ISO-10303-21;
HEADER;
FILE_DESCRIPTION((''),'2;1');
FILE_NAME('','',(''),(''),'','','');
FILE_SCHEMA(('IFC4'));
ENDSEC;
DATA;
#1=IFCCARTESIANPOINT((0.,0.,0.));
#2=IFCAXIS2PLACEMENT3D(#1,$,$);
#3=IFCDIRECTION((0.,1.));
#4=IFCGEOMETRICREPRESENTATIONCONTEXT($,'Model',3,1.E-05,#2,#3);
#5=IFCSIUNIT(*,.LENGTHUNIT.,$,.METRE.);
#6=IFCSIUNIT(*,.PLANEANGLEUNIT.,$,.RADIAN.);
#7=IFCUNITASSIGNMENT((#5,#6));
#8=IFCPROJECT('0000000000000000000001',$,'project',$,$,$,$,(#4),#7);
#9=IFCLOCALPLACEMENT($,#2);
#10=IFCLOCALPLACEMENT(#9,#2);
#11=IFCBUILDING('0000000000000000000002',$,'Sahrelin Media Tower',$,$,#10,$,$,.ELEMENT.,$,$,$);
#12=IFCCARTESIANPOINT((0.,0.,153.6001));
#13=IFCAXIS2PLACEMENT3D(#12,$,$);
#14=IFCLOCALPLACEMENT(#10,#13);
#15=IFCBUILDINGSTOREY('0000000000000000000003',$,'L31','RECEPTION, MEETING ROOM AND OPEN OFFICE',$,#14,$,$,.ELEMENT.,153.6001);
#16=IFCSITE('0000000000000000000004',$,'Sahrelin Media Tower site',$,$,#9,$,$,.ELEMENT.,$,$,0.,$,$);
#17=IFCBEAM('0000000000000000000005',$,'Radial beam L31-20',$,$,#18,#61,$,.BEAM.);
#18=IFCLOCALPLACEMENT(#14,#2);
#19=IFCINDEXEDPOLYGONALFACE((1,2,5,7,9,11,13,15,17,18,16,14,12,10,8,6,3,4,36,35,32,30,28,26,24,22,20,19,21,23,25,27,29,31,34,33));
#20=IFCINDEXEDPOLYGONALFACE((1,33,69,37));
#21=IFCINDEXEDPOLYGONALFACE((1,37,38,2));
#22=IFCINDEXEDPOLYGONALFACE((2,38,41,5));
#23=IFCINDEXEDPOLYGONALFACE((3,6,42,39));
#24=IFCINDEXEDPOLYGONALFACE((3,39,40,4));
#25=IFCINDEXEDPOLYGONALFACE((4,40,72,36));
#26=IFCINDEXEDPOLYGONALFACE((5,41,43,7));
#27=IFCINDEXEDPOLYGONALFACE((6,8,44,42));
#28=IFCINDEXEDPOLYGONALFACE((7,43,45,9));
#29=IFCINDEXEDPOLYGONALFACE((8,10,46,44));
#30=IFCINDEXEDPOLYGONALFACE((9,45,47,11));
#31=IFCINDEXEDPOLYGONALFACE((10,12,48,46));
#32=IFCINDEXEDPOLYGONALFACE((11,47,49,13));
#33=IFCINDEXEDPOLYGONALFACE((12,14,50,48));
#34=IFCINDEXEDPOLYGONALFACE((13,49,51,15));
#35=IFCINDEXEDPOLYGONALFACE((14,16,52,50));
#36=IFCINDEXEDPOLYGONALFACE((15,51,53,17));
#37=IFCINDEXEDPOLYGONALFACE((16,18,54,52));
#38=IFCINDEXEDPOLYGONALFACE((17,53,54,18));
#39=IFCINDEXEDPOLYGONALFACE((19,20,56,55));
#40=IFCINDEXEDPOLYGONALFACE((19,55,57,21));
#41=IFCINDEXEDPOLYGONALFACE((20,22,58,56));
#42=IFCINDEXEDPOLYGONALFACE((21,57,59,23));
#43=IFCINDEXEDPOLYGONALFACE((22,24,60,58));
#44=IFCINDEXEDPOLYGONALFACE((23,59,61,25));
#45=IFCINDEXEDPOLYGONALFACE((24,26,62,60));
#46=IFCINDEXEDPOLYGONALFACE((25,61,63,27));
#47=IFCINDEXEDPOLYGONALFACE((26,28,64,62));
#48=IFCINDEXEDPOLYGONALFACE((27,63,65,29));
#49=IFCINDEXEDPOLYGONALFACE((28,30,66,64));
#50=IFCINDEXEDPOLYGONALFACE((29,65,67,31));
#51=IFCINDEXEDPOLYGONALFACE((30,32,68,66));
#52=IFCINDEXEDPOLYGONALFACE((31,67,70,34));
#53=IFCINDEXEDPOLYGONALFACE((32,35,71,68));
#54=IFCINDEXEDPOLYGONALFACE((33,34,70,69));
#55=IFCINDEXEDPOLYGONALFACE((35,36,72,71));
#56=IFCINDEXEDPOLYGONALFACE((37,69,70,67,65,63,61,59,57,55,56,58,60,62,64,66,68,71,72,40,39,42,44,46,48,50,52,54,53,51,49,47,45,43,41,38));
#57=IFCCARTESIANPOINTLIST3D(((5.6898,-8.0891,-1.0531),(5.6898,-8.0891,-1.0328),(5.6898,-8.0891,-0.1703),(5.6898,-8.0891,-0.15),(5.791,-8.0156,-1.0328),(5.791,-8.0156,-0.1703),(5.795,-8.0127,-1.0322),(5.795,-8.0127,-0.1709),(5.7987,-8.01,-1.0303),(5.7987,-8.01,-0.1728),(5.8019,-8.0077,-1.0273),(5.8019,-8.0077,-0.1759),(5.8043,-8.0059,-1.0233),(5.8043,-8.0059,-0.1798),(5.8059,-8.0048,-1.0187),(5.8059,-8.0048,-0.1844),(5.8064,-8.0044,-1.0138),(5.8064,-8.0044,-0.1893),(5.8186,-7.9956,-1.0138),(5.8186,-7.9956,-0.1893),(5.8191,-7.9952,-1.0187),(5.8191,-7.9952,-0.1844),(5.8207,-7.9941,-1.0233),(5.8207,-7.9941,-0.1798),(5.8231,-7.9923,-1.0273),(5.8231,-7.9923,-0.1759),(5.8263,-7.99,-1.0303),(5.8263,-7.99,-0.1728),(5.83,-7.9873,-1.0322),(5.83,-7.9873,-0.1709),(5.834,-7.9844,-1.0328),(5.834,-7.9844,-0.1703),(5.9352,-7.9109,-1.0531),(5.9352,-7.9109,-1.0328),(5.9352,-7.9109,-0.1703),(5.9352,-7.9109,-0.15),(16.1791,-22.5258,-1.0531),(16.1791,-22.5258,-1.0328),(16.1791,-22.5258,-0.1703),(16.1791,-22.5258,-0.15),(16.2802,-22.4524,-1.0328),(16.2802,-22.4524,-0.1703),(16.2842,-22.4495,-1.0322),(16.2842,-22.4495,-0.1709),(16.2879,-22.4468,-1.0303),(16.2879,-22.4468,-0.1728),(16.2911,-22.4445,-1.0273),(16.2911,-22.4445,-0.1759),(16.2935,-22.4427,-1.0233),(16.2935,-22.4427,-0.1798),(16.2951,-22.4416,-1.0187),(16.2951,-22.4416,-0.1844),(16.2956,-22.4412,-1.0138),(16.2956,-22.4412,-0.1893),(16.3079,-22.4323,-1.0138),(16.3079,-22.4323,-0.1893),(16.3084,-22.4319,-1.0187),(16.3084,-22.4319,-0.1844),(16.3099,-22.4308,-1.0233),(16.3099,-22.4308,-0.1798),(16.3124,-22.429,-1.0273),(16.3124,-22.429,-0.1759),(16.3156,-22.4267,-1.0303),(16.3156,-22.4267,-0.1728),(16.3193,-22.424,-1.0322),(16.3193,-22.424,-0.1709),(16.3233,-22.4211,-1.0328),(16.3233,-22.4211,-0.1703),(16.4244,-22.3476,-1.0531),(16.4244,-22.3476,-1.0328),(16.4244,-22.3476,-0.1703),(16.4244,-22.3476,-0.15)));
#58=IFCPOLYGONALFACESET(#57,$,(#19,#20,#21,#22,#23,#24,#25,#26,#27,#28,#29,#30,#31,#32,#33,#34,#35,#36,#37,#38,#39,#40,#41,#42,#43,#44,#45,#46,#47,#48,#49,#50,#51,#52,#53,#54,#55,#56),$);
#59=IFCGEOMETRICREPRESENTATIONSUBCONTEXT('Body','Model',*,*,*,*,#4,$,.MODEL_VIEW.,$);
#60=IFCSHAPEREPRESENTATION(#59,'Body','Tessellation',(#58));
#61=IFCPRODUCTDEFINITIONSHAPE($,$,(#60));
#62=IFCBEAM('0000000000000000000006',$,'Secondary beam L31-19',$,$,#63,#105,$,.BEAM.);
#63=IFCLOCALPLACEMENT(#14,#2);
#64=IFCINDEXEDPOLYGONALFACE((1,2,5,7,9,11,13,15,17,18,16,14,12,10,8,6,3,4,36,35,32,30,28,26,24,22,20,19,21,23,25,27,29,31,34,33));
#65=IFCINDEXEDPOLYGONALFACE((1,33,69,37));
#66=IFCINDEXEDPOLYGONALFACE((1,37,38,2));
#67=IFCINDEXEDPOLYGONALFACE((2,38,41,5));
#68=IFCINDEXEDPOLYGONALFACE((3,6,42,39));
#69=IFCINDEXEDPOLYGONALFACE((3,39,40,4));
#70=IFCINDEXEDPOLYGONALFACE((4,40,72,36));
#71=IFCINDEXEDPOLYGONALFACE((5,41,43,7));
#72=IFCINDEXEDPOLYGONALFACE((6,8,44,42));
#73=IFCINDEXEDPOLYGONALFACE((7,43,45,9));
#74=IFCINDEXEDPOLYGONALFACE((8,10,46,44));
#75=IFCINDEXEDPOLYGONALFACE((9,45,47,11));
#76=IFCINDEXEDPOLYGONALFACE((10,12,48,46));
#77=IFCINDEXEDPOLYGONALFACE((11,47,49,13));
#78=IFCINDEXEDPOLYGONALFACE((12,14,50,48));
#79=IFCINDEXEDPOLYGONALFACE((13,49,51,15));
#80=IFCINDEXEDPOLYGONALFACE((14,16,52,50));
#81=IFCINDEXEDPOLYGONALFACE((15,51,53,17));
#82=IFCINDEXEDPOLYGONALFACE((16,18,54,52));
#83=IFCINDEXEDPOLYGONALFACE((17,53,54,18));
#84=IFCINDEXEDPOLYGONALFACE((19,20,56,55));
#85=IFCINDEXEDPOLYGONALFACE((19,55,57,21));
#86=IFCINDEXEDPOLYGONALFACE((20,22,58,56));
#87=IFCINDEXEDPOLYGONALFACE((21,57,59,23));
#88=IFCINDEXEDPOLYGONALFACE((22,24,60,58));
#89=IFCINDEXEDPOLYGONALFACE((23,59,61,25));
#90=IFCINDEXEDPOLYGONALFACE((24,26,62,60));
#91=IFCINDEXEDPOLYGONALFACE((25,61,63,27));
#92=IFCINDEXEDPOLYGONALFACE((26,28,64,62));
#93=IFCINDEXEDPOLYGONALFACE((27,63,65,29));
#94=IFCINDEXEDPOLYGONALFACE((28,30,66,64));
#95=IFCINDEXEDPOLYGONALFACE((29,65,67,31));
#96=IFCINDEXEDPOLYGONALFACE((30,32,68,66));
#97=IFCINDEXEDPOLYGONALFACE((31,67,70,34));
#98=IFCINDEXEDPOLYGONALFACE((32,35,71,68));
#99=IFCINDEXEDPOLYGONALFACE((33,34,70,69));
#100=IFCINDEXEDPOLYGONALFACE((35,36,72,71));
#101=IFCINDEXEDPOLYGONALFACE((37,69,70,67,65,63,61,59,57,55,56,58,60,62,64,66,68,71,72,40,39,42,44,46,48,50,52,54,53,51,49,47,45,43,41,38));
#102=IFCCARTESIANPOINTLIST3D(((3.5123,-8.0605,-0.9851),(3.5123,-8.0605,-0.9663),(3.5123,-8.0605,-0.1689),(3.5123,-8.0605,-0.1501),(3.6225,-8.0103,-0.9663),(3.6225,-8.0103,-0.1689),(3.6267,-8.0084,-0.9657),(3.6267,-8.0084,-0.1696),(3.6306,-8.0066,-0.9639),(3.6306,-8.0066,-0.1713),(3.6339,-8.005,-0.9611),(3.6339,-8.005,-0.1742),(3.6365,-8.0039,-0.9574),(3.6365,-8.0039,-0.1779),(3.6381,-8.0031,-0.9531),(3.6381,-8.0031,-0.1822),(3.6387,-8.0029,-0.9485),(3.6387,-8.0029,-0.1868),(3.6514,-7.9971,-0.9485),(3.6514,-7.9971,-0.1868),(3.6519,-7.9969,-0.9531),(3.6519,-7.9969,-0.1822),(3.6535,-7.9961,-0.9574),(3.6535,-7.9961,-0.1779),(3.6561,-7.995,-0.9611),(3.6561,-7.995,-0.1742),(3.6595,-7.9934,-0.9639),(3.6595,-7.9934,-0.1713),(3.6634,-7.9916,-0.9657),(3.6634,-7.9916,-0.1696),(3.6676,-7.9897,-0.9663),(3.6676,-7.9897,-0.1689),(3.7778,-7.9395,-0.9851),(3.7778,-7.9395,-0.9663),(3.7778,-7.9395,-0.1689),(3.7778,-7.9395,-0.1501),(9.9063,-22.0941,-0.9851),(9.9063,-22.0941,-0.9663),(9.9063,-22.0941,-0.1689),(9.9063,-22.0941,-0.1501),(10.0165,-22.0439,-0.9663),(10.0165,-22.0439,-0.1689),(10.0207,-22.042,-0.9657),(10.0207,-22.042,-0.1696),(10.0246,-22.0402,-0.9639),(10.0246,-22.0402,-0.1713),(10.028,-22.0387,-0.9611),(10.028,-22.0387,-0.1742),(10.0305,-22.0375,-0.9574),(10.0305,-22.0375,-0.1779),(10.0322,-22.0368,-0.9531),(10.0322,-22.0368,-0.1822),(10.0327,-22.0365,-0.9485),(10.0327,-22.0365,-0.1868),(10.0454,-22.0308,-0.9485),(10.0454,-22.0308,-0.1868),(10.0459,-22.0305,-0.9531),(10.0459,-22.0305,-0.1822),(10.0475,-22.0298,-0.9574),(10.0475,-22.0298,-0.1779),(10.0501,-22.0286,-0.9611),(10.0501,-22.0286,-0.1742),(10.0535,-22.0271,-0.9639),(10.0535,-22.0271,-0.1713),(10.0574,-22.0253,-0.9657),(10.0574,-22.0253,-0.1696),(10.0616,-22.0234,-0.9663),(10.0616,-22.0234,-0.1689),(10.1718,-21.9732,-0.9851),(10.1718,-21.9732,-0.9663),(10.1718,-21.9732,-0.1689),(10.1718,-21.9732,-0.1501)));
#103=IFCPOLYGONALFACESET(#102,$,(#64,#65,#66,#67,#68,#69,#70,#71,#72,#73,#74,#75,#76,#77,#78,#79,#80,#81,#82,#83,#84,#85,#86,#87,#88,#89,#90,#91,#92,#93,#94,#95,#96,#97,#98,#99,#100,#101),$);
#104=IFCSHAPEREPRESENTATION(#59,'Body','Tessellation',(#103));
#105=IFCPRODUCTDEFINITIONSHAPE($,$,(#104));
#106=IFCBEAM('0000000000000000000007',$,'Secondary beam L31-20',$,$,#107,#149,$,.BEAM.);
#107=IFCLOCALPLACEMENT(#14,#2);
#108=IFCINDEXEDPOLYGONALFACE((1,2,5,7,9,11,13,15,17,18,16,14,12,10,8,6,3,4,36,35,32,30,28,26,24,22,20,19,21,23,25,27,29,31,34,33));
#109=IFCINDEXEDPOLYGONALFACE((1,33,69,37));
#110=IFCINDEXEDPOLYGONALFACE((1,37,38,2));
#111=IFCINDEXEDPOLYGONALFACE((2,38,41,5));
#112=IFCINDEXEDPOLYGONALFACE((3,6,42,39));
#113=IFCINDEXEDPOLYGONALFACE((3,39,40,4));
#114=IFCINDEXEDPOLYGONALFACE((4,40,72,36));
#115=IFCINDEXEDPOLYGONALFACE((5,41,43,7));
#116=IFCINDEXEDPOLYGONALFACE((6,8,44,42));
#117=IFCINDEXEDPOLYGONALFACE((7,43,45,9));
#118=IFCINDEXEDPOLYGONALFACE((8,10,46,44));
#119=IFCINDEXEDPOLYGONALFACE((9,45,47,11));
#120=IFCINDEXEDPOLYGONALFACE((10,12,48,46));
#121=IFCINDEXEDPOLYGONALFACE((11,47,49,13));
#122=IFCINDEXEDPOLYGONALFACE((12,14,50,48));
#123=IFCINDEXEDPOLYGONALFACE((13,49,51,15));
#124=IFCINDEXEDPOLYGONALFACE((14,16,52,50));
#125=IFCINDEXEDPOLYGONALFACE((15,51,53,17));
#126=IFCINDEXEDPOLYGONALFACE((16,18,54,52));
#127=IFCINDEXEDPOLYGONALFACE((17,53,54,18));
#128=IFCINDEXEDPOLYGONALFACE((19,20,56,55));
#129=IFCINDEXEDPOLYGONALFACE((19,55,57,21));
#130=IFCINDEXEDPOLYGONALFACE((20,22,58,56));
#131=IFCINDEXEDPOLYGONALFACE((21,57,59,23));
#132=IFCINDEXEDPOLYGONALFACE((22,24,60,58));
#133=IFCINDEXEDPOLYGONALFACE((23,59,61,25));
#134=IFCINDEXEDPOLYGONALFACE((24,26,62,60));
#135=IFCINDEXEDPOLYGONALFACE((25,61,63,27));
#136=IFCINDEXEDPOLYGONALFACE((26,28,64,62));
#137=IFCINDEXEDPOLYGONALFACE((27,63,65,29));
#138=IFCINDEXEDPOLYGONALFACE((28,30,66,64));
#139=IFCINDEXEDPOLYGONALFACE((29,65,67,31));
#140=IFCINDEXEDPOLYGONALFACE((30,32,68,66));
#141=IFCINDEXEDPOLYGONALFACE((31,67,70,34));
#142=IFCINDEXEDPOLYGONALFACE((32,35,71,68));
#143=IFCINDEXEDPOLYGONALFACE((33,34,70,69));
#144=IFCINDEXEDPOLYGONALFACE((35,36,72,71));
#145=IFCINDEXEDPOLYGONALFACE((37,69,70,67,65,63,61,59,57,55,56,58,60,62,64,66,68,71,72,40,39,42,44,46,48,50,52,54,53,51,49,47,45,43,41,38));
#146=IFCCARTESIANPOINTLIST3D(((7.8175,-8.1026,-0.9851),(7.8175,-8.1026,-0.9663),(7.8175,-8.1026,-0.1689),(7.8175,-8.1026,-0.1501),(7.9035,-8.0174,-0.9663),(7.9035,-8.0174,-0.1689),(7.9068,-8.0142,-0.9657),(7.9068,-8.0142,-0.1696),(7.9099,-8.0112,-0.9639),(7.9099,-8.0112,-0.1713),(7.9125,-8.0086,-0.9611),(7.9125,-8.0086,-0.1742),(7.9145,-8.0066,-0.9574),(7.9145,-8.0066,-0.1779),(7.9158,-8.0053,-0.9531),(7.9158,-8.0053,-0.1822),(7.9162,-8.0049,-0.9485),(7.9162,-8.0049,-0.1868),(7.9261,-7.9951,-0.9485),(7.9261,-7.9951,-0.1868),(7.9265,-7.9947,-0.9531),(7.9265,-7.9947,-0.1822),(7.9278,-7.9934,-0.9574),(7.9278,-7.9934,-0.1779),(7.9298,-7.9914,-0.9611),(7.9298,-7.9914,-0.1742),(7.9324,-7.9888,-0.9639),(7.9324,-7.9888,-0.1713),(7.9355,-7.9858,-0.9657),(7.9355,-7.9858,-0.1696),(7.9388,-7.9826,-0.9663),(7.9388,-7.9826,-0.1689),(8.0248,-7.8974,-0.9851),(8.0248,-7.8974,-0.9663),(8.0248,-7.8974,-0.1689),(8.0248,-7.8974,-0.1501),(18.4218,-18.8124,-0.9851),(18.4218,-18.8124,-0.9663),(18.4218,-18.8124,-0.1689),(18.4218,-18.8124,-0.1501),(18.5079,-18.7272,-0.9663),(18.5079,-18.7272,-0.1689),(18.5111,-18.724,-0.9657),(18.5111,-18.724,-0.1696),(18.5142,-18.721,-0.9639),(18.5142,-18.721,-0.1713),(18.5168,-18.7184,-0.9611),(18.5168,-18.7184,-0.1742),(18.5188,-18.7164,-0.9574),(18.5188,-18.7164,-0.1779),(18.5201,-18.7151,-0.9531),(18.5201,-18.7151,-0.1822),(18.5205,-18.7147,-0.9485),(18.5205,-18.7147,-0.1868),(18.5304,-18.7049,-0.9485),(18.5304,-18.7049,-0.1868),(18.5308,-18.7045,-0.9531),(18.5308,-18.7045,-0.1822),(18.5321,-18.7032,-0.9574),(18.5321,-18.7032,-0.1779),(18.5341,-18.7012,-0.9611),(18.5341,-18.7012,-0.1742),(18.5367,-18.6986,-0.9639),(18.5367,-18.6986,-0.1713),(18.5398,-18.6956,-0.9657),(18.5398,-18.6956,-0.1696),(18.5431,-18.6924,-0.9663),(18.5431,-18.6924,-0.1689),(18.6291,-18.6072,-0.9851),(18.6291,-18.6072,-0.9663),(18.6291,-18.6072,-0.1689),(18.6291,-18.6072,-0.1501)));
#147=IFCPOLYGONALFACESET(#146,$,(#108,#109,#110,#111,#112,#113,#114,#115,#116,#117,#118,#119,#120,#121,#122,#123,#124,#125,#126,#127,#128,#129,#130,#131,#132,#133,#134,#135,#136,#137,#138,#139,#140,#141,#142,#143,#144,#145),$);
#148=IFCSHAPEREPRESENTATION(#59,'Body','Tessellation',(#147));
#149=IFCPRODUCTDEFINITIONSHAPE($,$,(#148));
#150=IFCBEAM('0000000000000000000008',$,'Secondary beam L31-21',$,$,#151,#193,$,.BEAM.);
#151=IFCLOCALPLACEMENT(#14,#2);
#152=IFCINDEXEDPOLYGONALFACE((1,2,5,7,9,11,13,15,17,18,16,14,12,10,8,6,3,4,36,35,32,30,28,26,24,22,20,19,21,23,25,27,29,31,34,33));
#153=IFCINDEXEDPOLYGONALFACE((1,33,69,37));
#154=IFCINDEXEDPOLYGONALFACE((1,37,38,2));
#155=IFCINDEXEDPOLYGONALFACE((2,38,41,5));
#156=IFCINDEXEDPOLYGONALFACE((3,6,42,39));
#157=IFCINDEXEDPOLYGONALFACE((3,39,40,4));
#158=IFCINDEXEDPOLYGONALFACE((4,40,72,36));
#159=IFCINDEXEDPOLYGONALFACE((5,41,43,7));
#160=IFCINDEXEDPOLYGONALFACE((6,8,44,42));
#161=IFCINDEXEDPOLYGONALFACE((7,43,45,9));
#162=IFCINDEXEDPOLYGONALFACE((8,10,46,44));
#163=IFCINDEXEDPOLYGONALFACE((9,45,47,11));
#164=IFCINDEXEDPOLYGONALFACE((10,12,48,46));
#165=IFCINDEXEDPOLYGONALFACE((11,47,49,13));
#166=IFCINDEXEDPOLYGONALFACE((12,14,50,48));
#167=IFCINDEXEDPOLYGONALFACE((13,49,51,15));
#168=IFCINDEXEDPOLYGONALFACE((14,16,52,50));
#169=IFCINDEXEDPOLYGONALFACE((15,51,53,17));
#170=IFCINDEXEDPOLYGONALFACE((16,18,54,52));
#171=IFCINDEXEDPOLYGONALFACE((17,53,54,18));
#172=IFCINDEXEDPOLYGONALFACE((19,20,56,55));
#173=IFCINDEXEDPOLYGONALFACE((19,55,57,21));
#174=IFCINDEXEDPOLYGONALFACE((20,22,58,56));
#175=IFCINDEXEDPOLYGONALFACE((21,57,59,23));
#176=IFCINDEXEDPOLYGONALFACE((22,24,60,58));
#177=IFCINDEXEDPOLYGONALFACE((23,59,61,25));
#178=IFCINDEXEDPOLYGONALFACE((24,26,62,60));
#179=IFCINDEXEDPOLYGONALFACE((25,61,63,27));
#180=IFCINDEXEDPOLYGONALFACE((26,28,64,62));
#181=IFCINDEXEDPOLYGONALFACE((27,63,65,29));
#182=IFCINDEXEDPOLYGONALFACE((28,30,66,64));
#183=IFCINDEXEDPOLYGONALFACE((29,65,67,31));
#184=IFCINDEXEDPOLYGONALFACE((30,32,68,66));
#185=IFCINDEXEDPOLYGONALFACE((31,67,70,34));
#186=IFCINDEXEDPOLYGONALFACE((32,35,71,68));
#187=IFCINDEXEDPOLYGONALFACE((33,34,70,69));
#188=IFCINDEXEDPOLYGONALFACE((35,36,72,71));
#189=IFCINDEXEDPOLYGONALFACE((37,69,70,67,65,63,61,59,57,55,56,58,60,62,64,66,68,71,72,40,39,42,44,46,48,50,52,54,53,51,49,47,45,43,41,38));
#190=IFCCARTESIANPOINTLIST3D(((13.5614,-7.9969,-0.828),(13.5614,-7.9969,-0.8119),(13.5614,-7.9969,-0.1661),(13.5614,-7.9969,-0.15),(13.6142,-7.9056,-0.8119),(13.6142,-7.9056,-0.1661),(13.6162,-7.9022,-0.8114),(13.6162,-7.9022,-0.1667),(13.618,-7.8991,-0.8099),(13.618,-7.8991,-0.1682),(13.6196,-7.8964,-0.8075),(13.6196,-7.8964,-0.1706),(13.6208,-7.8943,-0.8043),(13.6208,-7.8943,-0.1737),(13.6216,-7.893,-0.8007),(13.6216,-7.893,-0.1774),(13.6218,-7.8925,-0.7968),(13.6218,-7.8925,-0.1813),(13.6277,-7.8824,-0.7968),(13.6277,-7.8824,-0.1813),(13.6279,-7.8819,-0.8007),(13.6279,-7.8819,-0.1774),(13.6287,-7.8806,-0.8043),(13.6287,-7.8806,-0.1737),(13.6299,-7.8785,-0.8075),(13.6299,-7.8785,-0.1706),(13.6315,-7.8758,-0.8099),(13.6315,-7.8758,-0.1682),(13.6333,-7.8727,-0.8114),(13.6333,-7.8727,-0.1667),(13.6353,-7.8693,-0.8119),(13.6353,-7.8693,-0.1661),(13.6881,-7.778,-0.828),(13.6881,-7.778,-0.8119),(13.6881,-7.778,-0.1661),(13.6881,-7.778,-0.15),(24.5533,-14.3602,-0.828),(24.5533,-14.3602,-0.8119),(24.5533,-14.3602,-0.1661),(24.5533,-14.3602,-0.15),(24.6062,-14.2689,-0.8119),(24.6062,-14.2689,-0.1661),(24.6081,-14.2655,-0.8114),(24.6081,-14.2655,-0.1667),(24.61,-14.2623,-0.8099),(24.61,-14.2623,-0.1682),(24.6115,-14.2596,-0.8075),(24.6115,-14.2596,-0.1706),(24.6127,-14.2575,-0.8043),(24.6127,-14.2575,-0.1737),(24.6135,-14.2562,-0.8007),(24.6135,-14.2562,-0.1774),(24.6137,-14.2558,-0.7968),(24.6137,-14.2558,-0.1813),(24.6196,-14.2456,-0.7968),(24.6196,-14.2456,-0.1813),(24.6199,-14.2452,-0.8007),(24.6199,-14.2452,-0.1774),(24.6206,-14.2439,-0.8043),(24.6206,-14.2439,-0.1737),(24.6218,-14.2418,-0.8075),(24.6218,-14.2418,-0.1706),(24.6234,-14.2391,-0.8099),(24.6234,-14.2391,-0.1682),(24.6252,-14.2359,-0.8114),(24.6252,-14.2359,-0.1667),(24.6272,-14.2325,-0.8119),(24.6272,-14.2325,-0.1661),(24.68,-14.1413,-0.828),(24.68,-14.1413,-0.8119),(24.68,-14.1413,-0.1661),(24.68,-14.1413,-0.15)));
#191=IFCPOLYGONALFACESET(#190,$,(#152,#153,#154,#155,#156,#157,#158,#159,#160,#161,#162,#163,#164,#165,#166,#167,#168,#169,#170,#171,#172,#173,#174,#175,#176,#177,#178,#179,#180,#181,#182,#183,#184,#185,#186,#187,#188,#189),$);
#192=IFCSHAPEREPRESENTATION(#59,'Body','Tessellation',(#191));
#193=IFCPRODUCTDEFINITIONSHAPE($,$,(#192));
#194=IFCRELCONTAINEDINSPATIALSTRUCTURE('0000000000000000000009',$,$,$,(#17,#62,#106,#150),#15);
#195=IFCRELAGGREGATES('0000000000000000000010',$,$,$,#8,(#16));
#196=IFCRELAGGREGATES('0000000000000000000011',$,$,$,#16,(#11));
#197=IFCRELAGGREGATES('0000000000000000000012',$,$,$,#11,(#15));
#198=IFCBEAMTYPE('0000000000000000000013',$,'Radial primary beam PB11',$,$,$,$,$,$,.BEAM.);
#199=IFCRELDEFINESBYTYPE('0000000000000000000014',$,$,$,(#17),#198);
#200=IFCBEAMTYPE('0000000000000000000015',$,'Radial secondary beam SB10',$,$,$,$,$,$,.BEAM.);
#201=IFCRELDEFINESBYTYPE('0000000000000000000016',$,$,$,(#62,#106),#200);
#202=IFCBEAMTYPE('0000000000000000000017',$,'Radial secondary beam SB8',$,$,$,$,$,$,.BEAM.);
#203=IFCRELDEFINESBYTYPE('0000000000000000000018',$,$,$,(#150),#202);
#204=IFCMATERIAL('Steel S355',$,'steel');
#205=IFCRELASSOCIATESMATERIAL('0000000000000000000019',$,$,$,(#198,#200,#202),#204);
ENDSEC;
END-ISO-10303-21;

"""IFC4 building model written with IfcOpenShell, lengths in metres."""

from ifc_helpers import new_model, si_unit, direction, frame, origin, origin_2d, place, context, subcontext, project, spatial, i_section, extrude, material, material_profile, profile_set, type_object, element, save


model = new_model("IFC4")

# Units and contexts
model_context = context("Model", 3, precision=1e-05, world=origin(), true_north=direction((0.0, 1.0)))
body_context = subcontext(model_context, "Body", "Model", "MODEL_VIEW")
ifc_project = project(units=[si_unit("LENGTHUNIT", "METRE"), si_unit("PLANEANGLEUNIT", "RADIAN")], contexts=[model_context])

# Site, building, storey
site_placement = place(None, origin())
site = spatial("IfcSite", under=ifc_project, at=site_placement, Name="Sahrelin Media Tower site", CompositionType="ELEMENT", RefElevation=0.0)
building_placement = place(site_placement, origin())
building = spatial("IfcBuilding", under=site, at=building_placement, Name="Sahrelin Media Tower", CompositionType="ELEMENT")
storey_placement = place(building_placement, frame((0.0, 0.0, 153.6001)))
storey = spatial("IfcBuildingStorey", under=building, at=storey_placement, Name="L31", Description="RECEPTION, MEETING ROOM AND OPEN OFFICE", CompositionType="ELEMENT", Elevation=153.6001)

# Shared definitions
ifc_material_1 = material(Name="Steel S355", Category="steel")

# Beams
ifc_material_profile_1 = material_profile(ifc_material_1, i_section(OverallWidth=0.3032, OverallDepth=0.9031, WebThickness=0.0151, FlangeThickness=0.0203, FilletRadius=0.019, at=origin_2d()), Name="UB 914x305x201")
ifc_profile_set_1 = profile_set([ifc_material_profile_1], Name="Steel S355")
beam_type_1 = type_object("IfcBeamType", Name="Radial primary beam PB11", PredefinedType="BEAM", material=ifc_profile_set_1)
beam_1_placement = place(storey_placement, frame((5.8125, -8.0, -0.6016), z_axis=(0.587797, -0.809008, 0.0), x_axis=(0.809008, 0.587797, 0.0)))
element("IfcBeam", 1, at=beam_1_placement, inside=storey, type_object=beam_type_1, Name="Radial beam L31-20", PredefinedType="BEAM", context=body_context, shape_type="SweptSolid", body=[
    extrude(i_section(OverallWidth=0.3032, OverallDepth=0.9031, WebThickness=0.0151, FlangeThickness=0.0203, FilletRadius=0.019, at=origin_2d()), origin(), (0.0, 0.0, 1.0), 17.845),
])
ifc_material_profile_2 = material_profile(ifc_material_1, i_section(OverallWidth=0.2917, OverallDepth=0.835, WebThickness=0.0139, FlangeThickness=0.0188, FilletRadius=0.0178, at=origin_2d()), Name="UB 838x292x176")
ifc_profile_set_2 = profile_set([ifc_material_profile_2], Name="Steel S355")
beam_type_2 = type_object("IfcBeamType", Name="Radial secondary beam SB10", PredefinedType="BEAM", material=ifc_profile_set_2)
beam_2_placement = place(storey_placement, frame((3.645, -8.0, -0.5676), z_axis=(0.414614, -0.909997, 0.0), x_axis=(0.909997, 0.414614, 0.0)))
element("IfcBeam", 2, at=beam_2_placement, inside=storey, type_object=beam_type_2, Name="Secondary beam L31-19", PredefinedType="BEAM", context=body_context, shape_type="SweptSolid", body=[
    extrude(i_section(OverallWidth=0.2917, OverallDepth=0.835, WebThickness=0.0139, FlangeThickness=0.0188, FilletRadius=0.0178, at=origin_2d()), origin(), (0.0, 0.0, 1.0), 15.4216),
])
beam_3_placement = place(storey_placement, frame((7.9211, -8.0, -0.5676), z_axis=(0.703599, -0.710597, 0.0), x_axis=(0.710597, 0.703599, 0.0)))
element("IfcBeam", 3, at=beam_3_placement, inside=storey, type_object=beam_type_2, Name="Secondary beam L31-20", PredefinedType="BEAM", context=body_context, shape_type="SweptSolid", body=[
    extrude(i_section(OverallWidth=0.2917, OverallDepth=0.835, WebThickness=0.0139, FlangeThickness=0.0188, FilletRadius=0.0178, at=origin_2d()), origin(), (0.0, 0.0, 1.0), 15.0715),
])
ifc_material_profile_3 = material_profile(ifc_material_1, i_section(OverallWidth=0.2529, OverallDepth=0.678, WebThickness=0.0117, FlangeThickness=0.0161, FilletRadius=0.0151, at=origin_2d()), Name="UB 686x254x125")
ifc_profile_set_3 = profile_set([ifc_material_profile_3], Name="Steel S355")
beam_type_3 = type_object("IfcBeamType", Name="Radial secondary beam SB8", PredefinedType="BEAM", material=ifc_profile_set_3)
beam_4_placement = place(storey_placement, frame((13.6248, -7.8875, -0.489), z_axis=(0.865443, -0.501008, 0.0), x_axis=(0.501008, 0.865443, 0.0)))
element("IfcBeam", 4, at=beam_4_placement, inside=storey, type_object=beam_type_3, Name="Secondary beam L31-21", PredefinedType="BEAM", context=body_context, shape_type="SweptSolid", body=[
    extrude(i_section(OverallWidth=0.2529, OverallDepth=0.678, WebThickness=0.0117, FlangeThickness=0.0161, FilletRadius=0.0151, at=origin_2d()), origin(), (0.0, 0.0, 1.0), 12.7009),
])

save(model, "model.ifc")
